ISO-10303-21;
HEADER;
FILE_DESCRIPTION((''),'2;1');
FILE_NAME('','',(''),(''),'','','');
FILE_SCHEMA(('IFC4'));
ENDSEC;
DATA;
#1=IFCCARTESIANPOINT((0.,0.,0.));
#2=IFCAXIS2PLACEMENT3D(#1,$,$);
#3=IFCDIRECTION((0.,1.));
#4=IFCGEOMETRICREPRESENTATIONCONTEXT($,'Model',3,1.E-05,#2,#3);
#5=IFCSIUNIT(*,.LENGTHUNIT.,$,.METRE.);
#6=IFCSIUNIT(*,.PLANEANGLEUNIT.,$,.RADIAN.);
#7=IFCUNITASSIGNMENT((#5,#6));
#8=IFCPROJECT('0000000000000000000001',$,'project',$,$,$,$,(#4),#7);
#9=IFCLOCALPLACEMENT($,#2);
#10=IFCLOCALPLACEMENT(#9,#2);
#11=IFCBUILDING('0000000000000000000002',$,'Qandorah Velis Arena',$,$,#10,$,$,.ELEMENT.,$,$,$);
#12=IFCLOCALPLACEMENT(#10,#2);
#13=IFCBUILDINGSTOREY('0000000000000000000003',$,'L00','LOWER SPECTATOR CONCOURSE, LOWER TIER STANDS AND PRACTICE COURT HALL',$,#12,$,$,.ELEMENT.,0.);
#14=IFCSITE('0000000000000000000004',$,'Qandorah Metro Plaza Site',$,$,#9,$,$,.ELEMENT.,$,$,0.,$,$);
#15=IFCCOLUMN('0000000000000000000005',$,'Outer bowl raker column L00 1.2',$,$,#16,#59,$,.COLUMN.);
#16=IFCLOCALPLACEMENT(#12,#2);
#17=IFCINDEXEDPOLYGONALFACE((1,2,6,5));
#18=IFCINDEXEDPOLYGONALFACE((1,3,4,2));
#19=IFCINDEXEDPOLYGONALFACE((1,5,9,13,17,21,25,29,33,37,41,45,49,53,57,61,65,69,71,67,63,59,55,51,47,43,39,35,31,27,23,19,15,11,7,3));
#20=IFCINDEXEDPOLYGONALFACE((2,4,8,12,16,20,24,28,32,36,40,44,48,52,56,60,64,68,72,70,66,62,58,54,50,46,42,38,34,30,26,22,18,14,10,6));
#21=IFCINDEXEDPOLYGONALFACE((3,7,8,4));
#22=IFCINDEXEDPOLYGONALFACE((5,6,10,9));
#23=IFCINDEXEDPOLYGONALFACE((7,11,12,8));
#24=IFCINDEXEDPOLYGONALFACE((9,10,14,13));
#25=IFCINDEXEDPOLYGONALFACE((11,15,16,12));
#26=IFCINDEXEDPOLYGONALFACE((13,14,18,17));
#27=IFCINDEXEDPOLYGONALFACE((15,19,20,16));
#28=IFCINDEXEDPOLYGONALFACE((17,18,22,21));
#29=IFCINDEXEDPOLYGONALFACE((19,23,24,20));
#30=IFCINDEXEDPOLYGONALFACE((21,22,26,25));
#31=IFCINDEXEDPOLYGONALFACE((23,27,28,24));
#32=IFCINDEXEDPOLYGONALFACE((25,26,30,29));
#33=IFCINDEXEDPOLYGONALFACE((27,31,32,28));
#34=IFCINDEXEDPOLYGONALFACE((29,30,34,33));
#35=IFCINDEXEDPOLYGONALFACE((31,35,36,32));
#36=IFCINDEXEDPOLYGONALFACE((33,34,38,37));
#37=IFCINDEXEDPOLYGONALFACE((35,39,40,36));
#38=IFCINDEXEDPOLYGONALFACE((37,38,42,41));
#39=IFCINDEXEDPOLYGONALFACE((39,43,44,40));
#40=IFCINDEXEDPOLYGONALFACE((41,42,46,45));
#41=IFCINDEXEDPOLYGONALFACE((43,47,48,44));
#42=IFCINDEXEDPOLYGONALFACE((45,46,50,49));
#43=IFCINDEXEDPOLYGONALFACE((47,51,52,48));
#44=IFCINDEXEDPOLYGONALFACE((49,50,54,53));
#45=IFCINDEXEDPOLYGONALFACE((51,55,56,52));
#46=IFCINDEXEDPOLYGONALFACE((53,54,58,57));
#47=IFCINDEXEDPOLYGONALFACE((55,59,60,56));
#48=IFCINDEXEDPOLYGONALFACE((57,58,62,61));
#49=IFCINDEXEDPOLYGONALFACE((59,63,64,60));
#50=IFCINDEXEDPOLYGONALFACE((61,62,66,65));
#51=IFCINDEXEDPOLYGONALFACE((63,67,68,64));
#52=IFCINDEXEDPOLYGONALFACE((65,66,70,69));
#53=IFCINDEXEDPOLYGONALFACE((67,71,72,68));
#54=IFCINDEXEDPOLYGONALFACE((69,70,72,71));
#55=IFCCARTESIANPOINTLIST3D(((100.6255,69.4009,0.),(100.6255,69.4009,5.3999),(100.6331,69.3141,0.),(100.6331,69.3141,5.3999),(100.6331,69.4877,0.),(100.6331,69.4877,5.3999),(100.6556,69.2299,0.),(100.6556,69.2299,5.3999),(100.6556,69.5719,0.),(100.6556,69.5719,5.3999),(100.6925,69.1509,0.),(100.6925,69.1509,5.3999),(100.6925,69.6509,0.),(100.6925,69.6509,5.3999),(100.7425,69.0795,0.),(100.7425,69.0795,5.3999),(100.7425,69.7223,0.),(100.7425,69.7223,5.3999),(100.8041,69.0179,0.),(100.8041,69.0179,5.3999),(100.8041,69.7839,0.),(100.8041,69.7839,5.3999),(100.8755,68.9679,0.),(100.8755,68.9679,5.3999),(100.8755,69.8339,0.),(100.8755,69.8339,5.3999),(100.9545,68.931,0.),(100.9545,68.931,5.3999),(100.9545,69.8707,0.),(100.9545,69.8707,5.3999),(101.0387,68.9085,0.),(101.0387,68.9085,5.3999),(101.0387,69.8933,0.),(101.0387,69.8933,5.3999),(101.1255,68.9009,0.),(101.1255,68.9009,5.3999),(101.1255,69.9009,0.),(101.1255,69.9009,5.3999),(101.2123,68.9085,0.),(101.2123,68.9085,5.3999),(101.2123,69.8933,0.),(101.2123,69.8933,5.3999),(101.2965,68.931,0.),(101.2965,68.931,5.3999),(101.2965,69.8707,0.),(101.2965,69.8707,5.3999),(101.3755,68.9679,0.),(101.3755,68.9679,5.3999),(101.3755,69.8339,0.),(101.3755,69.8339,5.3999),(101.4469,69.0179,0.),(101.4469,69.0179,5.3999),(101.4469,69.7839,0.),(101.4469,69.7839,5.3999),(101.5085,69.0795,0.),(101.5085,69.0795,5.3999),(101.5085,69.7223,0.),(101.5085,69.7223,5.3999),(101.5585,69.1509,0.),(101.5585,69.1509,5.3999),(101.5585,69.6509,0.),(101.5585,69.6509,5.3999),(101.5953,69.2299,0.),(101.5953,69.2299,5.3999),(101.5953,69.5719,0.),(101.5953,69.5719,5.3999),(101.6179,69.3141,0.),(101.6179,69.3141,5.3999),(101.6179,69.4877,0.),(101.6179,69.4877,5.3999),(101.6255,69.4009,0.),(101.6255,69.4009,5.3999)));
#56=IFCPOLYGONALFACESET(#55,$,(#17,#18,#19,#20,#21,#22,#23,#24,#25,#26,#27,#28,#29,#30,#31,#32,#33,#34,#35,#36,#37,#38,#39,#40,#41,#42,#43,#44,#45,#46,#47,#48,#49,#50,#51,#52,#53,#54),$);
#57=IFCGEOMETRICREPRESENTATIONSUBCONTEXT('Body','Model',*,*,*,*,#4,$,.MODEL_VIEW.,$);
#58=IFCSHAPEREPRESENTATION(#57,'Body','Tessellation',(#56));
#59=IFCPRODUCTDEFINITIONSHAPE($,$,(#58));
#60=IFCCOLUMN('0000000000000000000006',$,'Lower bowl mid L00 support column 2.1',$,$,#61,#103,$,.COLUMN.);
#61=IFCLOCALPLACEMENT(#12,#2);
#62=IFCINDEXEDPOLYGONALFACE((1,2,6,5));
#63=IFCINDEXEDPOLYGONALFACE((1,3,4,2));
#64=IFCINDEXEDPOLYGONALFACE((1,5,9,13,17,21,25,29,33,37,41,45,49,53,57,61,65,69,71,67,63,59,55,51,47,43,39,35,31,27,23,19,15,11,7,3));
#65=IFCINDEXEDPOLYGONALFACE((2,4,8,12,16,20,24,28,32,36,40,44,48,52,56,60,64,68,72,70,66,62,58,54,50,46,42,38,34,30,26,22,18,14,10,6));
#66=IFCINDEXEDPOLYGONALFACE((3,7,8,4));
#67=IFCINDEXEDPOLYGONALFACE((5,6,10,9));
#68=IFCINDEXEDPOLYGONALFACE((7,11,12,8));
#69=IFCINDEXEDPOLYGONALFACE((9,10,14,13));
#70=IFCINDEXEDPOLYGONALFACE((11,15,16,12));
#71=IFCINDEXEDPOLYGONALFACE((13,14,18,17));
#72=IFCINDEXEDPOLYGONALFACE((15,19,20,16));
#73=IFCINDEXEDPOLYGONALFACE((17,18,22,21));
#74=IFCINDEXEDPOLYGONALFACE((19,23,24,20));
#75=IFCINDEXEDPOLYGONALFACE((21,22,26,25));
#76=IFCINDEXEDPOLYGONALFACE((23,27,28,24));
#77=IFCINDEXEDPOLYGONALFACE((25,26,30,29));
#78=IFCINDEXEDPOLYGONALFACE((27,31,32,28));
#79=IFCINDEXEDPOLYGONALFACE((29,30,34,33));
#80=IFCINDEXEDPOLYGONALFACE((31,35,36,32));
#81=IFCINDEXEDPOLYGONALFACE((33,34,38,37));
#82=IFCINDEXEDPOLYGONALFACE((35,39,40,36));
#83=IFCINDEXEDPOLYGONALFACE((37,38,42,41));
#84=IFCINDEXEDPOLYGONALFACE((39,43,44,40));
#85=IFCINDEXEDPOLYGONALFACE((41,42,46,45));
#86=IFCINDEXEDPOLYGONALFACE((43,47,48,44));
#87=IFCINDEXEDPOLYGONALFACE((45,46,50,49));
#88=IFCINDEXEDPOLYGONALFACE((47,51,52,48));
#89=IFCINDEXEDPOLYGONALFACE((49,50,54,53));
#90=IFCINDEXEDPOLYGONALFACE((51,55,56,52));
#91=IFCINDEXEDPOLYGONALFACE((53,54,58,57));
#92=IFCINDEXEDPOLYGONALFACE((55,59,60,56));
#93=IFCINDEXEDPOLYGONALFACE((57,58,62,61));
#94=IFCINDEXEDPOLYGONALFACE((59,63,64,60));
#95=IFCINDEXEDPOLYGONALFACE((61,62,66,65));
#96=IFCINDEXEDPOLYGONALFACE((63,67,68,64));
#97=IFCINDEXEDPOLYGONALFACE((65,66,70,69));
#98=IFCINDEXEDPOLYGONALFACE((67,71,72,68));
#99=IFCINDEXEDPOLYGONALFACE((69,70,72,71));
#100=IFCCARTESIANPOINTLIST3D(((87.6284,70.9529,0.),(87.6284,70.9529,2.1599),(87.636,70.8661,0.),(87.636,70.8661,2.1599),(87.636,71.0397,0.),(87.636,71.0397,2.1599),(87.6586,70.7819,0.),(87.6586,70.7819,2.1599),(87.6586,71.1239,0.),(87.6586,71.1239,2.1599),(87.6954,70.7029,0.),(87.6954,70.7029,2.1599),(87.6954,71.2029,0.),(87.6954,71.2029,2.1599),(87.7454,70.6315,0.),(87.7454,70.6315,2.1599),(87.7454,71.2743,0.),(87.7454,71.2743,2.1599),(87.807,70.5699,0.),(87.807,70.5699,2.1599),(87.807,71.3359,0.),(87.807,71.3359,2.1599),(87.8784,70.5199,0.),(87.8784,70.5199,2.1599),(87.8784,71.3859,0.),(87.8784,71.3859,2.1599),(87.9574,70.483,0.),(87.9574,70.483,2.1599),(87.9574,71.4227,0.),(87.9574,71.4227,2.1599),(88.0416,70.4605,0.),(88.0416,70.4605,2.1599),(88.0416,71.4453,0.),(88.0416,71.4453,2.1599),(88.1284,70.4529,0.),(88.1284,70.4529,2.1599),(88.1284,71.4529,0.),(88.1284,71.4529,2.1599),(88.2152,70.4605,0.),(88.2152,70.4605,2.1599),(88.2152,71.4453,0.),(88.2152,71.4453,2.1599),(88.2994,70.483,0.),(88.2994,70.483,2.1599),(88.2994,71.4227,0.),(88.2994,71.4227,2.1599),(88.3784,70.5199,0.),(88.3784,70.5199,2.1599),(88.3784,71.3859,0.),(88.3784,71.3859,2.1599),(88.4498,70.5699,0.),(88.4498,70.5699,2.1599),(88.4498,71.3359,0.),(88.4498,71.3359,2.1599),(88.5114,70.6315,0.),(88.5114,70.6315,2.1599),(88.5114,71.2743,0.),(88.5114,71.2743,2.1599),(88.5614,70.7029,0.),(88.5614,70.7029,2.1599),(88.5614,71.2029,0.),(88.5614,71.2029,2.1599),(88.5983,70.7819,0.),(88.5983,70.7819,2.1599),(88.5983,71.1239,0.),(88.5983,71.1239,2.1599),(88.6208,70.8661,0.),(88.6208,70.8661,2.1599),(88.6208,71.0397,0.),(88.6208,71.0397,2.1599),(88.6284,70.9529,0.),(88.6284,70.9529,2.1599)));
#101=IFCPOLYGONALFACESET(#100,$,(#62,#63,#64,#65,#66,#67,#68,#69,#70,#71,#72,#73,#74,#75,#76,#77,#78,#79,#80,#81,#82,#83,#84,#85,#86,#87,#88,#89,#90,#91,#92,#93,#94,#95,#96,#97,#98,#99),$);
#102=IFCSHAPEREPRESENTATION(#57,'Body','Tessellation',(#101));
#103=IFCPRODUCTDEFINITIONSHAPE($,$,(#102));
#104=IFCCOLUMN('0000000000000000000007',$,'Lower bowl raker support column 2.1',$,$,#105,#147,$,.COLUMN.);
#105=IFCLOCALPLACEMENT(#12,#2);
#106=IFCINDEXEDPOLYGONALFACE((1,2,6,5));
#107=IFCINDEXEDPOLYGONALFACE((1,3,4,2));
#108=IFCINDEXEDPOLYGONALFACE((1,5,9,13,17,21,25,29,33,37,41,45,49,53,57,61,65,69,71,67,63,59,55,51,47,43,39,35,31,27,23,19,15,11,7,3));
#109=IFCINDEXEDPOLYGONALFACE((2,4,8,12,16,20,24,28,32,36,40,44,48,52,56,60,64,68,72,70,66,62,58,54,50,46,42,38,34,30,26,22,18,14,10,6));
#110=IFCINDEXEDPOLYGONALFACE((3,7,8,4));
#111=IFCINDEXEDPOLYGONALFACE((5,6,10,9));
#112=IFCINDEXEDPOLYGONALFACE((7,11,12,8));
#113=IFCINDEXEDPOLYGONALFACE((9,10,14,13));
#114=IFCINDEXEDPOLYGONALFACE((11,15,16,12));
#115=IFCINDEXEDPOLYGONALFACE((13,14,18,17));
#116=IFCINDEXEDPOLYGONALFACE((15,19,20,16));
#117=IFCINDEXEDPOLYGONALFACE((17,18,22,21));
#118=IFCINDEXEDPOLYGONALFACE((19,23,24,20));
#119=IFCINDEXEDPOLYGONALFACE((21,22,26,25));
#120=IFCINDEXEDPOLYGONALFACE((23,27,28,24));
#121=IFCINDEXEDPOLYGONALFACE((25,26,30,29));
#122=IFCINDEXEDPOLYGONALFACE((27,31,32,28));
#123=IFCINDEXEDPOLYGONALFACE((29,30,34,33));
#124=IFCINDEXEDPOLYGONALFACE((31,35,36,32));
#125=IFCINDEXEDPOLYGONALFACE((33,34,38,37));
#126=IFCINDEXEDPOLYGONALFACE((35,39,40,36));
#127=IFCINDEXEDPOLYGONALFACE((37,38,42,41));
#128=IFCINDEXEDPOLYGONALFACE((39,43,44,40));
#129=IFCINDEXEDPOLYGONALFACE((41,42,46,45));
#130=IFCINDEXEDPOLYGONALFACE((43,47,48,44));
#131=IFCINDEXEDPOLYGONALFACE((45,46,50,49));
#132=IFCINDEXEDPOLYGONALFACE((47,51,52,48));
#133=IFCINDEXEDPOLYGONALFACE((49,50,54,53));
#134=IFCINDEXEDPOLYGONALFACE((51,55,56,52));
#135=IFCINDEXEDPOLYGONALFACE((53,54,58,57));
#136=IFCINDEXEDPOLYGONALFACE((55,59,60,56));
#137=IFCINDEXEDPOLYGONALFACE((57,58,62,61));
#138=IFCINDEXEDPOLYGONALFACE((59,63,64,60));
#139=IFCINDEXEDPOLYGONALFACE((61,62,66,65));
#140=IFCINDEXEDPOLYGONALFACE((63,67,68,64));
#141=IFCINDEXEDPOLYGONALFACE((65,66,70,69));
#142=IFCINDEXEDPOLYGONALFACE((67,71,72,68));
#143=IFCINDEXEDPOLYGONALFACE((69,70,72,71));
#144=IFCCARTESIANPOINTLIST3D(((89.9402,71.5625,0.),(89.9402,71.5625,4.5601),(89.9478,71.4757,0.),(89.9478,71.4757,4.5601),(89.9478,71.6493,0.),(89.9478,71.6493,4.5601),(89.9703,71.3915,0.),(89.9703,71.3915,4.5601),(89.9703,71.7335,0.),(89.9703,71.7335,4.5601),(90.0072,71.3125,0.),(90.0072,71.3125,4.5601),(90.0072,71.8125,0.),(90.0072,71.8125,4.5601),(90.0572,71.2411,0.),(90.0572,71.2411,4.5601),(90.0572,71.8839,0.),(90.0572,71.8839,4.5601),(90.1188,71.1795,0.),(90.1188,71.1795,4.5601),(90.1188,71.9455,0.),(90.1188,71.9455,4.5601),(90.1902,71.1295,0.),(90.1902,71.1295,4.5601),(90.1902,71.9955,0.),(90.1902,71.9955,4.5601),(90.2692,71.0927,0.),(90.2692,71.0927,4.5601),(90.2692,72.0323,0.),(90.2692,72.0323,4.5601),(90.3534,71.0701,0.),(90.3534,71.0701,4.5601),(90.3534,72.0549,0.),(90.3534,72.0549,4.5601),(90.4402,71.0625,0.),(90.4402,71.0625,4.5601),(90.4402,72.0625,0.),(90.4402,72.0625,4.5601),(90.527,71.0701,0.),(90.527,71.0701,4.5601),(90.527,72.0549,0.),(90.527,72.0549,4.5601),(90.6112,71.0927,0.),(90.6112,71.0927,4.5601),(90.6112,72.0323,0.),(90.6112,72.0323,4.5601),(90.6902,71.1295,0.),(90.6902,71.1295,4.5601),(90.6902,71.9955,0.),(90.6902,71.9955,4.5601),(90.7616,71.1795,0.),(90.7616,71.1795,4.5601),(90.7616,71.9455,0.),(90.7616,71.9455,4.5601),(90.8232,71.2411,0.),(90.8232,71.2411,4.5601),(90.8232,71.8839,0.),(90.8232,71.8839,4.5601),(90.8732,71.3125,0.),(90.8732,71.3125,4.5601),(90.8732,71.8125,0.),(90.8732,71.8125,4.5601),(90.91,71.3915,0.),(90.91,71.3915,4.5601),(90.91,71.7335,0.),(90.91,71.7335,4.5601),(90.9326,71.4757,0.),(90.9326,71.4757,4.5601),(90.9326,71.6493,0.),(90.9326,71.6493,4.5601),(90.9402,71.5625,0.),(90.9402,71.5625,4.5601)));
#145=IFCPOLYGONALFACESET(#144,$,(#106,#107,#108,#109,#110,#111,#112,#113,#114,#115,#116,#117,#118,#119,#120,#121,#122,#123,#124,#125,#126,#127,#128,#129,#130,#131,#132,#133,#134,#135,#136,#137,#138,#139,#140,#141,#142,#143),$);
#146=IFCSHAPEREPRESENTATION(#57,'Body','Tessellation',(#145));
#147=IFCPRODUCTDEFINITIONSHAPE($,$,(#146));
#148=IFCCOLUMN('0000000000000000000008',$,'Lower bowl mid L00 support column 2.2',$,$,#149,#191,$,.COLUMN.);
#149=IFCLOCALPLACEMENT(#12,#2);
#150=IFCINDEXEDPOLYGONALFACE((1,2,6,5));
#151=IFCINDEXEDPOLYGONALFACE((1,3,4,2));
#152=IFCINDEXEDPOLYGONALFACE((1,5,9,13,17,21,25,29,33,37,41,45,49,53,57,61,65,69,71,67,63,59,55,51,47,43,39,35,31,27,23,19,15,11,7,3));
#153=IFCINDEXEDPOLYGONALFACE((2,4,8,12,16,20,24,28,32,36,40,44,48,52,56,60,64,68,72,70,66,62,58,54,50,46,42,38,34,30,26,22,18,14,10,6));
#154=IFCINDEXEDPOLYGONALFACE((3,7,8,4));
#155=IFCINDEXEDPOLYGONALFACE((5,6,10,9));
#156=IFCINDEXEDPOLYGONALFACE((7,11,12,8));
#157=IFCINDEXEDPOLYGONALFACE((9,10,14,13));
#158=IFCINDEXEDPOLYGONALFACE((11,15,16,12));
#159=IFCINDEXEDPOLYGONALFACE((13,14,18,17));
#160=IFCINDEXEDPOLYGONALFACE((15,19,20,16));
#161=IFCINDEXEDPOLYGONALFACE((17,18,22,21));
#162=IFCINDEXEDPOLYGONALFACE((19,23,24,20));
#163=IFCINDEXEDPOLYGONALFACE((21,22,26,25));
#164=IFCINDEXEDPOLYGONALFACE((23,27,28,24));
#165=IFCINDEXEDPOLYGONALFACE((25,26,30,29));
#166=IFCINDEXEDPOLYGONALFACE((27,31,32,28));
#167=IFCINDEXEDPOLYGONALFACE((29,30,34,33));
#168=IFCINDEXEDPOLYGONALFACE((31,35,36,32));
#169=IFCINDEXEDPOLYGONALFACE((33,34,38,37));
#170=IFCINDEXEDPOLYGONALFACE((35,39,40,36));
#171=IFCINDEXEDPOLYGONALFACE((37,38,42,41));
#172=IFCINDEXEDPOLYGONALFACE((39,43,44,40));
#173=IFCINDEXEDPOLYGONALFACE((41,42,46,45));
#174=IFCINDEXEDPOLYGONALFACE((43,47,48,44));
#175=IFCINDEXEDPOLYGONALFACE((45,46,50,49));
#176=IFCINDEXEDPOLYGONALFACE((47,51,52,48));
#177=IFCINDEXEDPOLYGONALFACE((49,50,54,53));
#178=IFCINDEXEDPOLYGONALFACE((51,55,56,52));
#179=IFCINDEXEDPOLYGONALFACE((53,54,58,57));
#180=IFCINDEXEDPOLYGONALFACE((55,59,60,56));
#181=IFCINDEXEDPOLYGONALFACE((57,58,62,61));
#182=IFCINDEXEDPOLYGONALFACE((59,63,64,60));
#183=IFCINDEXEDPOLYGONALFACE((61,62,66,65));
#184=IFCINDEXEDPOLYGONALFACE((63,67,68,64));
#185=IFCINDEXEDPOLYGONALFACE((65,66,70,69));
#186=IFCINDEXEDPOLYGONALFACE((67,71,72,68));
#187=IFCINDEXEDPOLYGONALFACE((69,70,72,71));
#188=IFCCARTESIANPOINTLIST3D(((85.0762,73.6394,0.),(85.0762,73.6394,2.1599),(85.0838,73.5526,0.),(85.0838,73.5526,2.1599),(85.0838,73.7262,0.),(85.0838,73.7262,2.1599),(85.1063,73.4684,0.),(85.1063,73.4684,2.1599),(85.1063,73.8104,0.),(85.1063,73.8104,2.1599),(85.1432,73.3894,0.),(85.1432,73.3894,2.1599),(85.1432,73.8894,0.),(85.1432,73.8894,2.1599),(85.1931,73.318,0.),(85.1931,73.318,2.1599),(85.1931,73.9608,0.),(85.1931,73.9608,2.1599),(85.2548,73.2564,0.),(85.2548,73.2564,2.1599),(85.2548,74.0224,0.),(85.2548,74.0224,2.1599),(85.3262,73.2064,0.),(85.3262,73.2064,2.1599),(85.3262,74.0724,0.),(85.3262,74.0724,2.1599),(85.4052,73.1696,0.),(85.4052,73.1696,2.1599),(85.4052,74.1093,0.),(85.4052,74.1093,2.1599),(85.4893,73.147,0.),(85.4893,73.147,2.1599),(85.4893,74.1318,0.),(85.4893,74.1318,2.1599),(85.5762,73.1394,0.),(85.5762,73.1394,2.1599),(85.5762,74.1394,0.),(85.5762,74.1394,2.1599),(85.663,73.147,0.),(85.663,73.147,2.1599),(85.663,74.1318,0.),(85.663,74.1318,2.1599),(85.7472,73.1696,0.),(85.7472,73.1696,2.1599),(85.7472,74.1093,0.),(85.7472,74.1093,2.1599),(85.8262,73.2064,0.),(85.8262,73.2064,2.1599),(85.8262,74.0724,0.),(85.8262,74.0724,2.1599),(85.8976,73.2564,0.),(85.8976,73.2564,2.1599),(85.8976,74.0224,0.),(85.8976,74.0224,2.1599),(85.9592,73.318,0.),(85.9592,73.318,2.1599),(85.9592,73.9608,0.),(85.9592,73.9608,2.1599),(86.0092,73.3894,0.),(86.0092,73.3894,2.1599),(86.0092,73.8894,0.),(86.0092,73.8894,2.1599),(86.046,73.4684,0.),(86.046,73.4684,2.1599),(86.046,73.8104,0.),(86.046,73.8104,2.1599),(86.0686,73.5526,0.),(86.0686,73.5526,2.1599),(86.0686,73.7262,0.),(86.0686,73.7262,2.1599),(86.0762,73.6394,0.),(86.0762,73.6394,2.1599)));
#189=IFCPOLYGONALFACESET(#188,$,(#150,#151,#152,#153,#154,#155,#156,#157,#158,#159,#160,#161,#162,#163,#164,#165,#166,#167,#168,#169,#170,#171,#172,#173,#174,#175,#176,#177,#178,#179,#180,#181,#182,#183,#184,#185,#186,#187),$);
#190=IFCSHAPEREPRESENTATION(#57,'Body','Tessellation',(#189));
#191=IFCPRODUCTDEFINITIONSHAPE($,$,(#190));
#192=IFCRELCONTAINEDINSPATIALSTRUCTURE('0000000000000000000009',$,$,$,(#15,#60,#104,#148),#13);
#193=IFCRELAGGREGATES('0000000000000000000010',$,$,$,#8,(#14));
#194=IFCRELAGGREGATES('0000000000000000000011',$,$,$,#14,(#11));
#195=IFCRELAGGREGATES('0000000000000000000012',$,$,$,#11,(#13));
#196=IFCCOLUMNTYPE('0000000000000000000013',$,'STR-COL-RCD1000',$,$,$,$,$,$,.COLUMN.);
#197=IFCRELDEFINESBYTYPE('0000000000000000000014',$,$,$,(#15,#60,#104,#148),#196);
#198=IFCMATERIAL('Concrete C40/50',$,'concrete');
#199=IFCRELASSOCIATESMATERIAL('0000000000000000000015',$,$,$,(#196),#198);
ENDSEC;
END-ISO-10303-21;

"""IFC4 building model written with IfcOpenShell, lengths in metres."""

from ifc_helpers import new_model, si_unit, direction, frame, origin, origin_2d, place, context, subcontext, project, spatial, circle, extrude, material, material_profile, profile_set, type_object, element, save


model = new_model("IFC4")

# Units and contexts
model_context = context("Model", 3, precision=1e-05, world=origin(), true_north=direction((0.0, 1.0)))
body_context = subcontext(model_context, "Body", "Model", "MODEL_VIEW")
ifc_project = project(units=[si_unit("LENGTHUNIT", "METRE"), si_unit("PLANEANGLEUNIT", "RADIAN")], contexts=[model_context])

# Site, building, storey
site_placement = place(None, origin())
site = spatial("IfcSite", under=ifc_project, at=site_placement, Name="Qandorah Metro Plaza Site", CompositionType="ELEMENT", RefElevation=0.0)
building_placement = place(site_placement, origin())
building = spatial("IfcBuilding", under=site, at=building_placement, Name="Qandorah Velis Arena", CompositionType="ELEMENT")
storey_placement = place(building_placement, origin())
storey = spatial("IfcBuildingStorey", under=building, at=storey_placement, Name="L00", Description="LOWER SPECTATOR CONCOURSE, LOWER TIER STANDS AND PRACTICE COURT HALL", CompositionType="ELEMENT", Elevation=0.0)

# Columns
ifc_material_1 = material(Name="Concrete C40/50", Category="concrete")
ifc_material_profile_1 = material_profile(ifc_material_1, circle(Radius=0.5, at=origin_2d()), Name="RC D1000")
ifc_profile_set_1 = profile_set([ifc_material_profile_1], Name="Concrete C40/50")
column_type_1 = type_object("IfcColumnType", Name="STR-COL-RCD1000", PredefinedType="COLUMN", material=ifc_profile_set_1)
for number, where, z_axis, x_axis, name in (
    (1, (101.1255, 69.4009, 0.0), (0.0, 0.0, 1.0), (1.0, 0.0, 0.0), "Outer bowl raker column L00 1.2"),
):
    element("IfcColumn", number, at=place(storey_placement, frame(where, z_axis=z_axis, x_axis=x_axis)), inside=storey, type_object=column_type_1, Name=name, PredefinedType="COLUMN", context=body_context, shape_type="SweptSolid", body=[
        extrude(circle(Radius=0.5, at=origin_2d()), origin(), (0.0, 0.0, 1.0), 5.3999),
    ])
column_1_placement = place(storey_placement, frame((88.1284, 70.9529, 0.0), z_axis=(0.0, 0.0, 1.0), x_axis=(1.0, 0.0, 0.0)))
element("IfcColumn", 2, at=column_1_placement, inside=storey, type_object=column_type_1, Name="Lower bowl mid L00 support column 2.1", PredefinedType="COLUMN", context=body_context, shape_type="SweptSolid", body=[
    extrude(circle(Radius=0.5, at=origin_2d()), origin(), (0.0, 0.0, 1.0), 2.1599),
])
column_2_placement = place(storey_placement, frame((90.4402, 71.5625, 0.0), z_axis=(0.0, 0.0, 1.0), x_axis=(1.0, 0.0, 0.0)))
element("IfcColumn", 3, at=column_2_placement, inside=storey, type_object=column_type_1, Name="Lower bowl raker support column 2.1", PredefinedType="COLUMN", context=body_context, shape_type="SweptSolid", body=[
    extrude(circle(Radius=0.5, at=origin_2d()), origin(), (0.0, 0.0, 1.0), 4.5601),
])
column_3_placement = place(storey_placement, frame((85.5762, 73.6394, 0.0), z_axis=(0.0, 0.0, 1.0), x_axis=(1.0, 0.0, 0.0)))
element("IfcColumn", 4, at=column_3_placement, inside=storey, type_object=column_type_1, Name="Lower bowl mid L00 support column 2.2", PredefinedType="COLUMN", context=body_context, shape_type="SweptSolid", body=[
    extrude(circle(Radius=0.5, at=origin_2d()), origin(), (0.0, 0.0, 1.0), 2.1599),
])

save(model, "model.ifc")
